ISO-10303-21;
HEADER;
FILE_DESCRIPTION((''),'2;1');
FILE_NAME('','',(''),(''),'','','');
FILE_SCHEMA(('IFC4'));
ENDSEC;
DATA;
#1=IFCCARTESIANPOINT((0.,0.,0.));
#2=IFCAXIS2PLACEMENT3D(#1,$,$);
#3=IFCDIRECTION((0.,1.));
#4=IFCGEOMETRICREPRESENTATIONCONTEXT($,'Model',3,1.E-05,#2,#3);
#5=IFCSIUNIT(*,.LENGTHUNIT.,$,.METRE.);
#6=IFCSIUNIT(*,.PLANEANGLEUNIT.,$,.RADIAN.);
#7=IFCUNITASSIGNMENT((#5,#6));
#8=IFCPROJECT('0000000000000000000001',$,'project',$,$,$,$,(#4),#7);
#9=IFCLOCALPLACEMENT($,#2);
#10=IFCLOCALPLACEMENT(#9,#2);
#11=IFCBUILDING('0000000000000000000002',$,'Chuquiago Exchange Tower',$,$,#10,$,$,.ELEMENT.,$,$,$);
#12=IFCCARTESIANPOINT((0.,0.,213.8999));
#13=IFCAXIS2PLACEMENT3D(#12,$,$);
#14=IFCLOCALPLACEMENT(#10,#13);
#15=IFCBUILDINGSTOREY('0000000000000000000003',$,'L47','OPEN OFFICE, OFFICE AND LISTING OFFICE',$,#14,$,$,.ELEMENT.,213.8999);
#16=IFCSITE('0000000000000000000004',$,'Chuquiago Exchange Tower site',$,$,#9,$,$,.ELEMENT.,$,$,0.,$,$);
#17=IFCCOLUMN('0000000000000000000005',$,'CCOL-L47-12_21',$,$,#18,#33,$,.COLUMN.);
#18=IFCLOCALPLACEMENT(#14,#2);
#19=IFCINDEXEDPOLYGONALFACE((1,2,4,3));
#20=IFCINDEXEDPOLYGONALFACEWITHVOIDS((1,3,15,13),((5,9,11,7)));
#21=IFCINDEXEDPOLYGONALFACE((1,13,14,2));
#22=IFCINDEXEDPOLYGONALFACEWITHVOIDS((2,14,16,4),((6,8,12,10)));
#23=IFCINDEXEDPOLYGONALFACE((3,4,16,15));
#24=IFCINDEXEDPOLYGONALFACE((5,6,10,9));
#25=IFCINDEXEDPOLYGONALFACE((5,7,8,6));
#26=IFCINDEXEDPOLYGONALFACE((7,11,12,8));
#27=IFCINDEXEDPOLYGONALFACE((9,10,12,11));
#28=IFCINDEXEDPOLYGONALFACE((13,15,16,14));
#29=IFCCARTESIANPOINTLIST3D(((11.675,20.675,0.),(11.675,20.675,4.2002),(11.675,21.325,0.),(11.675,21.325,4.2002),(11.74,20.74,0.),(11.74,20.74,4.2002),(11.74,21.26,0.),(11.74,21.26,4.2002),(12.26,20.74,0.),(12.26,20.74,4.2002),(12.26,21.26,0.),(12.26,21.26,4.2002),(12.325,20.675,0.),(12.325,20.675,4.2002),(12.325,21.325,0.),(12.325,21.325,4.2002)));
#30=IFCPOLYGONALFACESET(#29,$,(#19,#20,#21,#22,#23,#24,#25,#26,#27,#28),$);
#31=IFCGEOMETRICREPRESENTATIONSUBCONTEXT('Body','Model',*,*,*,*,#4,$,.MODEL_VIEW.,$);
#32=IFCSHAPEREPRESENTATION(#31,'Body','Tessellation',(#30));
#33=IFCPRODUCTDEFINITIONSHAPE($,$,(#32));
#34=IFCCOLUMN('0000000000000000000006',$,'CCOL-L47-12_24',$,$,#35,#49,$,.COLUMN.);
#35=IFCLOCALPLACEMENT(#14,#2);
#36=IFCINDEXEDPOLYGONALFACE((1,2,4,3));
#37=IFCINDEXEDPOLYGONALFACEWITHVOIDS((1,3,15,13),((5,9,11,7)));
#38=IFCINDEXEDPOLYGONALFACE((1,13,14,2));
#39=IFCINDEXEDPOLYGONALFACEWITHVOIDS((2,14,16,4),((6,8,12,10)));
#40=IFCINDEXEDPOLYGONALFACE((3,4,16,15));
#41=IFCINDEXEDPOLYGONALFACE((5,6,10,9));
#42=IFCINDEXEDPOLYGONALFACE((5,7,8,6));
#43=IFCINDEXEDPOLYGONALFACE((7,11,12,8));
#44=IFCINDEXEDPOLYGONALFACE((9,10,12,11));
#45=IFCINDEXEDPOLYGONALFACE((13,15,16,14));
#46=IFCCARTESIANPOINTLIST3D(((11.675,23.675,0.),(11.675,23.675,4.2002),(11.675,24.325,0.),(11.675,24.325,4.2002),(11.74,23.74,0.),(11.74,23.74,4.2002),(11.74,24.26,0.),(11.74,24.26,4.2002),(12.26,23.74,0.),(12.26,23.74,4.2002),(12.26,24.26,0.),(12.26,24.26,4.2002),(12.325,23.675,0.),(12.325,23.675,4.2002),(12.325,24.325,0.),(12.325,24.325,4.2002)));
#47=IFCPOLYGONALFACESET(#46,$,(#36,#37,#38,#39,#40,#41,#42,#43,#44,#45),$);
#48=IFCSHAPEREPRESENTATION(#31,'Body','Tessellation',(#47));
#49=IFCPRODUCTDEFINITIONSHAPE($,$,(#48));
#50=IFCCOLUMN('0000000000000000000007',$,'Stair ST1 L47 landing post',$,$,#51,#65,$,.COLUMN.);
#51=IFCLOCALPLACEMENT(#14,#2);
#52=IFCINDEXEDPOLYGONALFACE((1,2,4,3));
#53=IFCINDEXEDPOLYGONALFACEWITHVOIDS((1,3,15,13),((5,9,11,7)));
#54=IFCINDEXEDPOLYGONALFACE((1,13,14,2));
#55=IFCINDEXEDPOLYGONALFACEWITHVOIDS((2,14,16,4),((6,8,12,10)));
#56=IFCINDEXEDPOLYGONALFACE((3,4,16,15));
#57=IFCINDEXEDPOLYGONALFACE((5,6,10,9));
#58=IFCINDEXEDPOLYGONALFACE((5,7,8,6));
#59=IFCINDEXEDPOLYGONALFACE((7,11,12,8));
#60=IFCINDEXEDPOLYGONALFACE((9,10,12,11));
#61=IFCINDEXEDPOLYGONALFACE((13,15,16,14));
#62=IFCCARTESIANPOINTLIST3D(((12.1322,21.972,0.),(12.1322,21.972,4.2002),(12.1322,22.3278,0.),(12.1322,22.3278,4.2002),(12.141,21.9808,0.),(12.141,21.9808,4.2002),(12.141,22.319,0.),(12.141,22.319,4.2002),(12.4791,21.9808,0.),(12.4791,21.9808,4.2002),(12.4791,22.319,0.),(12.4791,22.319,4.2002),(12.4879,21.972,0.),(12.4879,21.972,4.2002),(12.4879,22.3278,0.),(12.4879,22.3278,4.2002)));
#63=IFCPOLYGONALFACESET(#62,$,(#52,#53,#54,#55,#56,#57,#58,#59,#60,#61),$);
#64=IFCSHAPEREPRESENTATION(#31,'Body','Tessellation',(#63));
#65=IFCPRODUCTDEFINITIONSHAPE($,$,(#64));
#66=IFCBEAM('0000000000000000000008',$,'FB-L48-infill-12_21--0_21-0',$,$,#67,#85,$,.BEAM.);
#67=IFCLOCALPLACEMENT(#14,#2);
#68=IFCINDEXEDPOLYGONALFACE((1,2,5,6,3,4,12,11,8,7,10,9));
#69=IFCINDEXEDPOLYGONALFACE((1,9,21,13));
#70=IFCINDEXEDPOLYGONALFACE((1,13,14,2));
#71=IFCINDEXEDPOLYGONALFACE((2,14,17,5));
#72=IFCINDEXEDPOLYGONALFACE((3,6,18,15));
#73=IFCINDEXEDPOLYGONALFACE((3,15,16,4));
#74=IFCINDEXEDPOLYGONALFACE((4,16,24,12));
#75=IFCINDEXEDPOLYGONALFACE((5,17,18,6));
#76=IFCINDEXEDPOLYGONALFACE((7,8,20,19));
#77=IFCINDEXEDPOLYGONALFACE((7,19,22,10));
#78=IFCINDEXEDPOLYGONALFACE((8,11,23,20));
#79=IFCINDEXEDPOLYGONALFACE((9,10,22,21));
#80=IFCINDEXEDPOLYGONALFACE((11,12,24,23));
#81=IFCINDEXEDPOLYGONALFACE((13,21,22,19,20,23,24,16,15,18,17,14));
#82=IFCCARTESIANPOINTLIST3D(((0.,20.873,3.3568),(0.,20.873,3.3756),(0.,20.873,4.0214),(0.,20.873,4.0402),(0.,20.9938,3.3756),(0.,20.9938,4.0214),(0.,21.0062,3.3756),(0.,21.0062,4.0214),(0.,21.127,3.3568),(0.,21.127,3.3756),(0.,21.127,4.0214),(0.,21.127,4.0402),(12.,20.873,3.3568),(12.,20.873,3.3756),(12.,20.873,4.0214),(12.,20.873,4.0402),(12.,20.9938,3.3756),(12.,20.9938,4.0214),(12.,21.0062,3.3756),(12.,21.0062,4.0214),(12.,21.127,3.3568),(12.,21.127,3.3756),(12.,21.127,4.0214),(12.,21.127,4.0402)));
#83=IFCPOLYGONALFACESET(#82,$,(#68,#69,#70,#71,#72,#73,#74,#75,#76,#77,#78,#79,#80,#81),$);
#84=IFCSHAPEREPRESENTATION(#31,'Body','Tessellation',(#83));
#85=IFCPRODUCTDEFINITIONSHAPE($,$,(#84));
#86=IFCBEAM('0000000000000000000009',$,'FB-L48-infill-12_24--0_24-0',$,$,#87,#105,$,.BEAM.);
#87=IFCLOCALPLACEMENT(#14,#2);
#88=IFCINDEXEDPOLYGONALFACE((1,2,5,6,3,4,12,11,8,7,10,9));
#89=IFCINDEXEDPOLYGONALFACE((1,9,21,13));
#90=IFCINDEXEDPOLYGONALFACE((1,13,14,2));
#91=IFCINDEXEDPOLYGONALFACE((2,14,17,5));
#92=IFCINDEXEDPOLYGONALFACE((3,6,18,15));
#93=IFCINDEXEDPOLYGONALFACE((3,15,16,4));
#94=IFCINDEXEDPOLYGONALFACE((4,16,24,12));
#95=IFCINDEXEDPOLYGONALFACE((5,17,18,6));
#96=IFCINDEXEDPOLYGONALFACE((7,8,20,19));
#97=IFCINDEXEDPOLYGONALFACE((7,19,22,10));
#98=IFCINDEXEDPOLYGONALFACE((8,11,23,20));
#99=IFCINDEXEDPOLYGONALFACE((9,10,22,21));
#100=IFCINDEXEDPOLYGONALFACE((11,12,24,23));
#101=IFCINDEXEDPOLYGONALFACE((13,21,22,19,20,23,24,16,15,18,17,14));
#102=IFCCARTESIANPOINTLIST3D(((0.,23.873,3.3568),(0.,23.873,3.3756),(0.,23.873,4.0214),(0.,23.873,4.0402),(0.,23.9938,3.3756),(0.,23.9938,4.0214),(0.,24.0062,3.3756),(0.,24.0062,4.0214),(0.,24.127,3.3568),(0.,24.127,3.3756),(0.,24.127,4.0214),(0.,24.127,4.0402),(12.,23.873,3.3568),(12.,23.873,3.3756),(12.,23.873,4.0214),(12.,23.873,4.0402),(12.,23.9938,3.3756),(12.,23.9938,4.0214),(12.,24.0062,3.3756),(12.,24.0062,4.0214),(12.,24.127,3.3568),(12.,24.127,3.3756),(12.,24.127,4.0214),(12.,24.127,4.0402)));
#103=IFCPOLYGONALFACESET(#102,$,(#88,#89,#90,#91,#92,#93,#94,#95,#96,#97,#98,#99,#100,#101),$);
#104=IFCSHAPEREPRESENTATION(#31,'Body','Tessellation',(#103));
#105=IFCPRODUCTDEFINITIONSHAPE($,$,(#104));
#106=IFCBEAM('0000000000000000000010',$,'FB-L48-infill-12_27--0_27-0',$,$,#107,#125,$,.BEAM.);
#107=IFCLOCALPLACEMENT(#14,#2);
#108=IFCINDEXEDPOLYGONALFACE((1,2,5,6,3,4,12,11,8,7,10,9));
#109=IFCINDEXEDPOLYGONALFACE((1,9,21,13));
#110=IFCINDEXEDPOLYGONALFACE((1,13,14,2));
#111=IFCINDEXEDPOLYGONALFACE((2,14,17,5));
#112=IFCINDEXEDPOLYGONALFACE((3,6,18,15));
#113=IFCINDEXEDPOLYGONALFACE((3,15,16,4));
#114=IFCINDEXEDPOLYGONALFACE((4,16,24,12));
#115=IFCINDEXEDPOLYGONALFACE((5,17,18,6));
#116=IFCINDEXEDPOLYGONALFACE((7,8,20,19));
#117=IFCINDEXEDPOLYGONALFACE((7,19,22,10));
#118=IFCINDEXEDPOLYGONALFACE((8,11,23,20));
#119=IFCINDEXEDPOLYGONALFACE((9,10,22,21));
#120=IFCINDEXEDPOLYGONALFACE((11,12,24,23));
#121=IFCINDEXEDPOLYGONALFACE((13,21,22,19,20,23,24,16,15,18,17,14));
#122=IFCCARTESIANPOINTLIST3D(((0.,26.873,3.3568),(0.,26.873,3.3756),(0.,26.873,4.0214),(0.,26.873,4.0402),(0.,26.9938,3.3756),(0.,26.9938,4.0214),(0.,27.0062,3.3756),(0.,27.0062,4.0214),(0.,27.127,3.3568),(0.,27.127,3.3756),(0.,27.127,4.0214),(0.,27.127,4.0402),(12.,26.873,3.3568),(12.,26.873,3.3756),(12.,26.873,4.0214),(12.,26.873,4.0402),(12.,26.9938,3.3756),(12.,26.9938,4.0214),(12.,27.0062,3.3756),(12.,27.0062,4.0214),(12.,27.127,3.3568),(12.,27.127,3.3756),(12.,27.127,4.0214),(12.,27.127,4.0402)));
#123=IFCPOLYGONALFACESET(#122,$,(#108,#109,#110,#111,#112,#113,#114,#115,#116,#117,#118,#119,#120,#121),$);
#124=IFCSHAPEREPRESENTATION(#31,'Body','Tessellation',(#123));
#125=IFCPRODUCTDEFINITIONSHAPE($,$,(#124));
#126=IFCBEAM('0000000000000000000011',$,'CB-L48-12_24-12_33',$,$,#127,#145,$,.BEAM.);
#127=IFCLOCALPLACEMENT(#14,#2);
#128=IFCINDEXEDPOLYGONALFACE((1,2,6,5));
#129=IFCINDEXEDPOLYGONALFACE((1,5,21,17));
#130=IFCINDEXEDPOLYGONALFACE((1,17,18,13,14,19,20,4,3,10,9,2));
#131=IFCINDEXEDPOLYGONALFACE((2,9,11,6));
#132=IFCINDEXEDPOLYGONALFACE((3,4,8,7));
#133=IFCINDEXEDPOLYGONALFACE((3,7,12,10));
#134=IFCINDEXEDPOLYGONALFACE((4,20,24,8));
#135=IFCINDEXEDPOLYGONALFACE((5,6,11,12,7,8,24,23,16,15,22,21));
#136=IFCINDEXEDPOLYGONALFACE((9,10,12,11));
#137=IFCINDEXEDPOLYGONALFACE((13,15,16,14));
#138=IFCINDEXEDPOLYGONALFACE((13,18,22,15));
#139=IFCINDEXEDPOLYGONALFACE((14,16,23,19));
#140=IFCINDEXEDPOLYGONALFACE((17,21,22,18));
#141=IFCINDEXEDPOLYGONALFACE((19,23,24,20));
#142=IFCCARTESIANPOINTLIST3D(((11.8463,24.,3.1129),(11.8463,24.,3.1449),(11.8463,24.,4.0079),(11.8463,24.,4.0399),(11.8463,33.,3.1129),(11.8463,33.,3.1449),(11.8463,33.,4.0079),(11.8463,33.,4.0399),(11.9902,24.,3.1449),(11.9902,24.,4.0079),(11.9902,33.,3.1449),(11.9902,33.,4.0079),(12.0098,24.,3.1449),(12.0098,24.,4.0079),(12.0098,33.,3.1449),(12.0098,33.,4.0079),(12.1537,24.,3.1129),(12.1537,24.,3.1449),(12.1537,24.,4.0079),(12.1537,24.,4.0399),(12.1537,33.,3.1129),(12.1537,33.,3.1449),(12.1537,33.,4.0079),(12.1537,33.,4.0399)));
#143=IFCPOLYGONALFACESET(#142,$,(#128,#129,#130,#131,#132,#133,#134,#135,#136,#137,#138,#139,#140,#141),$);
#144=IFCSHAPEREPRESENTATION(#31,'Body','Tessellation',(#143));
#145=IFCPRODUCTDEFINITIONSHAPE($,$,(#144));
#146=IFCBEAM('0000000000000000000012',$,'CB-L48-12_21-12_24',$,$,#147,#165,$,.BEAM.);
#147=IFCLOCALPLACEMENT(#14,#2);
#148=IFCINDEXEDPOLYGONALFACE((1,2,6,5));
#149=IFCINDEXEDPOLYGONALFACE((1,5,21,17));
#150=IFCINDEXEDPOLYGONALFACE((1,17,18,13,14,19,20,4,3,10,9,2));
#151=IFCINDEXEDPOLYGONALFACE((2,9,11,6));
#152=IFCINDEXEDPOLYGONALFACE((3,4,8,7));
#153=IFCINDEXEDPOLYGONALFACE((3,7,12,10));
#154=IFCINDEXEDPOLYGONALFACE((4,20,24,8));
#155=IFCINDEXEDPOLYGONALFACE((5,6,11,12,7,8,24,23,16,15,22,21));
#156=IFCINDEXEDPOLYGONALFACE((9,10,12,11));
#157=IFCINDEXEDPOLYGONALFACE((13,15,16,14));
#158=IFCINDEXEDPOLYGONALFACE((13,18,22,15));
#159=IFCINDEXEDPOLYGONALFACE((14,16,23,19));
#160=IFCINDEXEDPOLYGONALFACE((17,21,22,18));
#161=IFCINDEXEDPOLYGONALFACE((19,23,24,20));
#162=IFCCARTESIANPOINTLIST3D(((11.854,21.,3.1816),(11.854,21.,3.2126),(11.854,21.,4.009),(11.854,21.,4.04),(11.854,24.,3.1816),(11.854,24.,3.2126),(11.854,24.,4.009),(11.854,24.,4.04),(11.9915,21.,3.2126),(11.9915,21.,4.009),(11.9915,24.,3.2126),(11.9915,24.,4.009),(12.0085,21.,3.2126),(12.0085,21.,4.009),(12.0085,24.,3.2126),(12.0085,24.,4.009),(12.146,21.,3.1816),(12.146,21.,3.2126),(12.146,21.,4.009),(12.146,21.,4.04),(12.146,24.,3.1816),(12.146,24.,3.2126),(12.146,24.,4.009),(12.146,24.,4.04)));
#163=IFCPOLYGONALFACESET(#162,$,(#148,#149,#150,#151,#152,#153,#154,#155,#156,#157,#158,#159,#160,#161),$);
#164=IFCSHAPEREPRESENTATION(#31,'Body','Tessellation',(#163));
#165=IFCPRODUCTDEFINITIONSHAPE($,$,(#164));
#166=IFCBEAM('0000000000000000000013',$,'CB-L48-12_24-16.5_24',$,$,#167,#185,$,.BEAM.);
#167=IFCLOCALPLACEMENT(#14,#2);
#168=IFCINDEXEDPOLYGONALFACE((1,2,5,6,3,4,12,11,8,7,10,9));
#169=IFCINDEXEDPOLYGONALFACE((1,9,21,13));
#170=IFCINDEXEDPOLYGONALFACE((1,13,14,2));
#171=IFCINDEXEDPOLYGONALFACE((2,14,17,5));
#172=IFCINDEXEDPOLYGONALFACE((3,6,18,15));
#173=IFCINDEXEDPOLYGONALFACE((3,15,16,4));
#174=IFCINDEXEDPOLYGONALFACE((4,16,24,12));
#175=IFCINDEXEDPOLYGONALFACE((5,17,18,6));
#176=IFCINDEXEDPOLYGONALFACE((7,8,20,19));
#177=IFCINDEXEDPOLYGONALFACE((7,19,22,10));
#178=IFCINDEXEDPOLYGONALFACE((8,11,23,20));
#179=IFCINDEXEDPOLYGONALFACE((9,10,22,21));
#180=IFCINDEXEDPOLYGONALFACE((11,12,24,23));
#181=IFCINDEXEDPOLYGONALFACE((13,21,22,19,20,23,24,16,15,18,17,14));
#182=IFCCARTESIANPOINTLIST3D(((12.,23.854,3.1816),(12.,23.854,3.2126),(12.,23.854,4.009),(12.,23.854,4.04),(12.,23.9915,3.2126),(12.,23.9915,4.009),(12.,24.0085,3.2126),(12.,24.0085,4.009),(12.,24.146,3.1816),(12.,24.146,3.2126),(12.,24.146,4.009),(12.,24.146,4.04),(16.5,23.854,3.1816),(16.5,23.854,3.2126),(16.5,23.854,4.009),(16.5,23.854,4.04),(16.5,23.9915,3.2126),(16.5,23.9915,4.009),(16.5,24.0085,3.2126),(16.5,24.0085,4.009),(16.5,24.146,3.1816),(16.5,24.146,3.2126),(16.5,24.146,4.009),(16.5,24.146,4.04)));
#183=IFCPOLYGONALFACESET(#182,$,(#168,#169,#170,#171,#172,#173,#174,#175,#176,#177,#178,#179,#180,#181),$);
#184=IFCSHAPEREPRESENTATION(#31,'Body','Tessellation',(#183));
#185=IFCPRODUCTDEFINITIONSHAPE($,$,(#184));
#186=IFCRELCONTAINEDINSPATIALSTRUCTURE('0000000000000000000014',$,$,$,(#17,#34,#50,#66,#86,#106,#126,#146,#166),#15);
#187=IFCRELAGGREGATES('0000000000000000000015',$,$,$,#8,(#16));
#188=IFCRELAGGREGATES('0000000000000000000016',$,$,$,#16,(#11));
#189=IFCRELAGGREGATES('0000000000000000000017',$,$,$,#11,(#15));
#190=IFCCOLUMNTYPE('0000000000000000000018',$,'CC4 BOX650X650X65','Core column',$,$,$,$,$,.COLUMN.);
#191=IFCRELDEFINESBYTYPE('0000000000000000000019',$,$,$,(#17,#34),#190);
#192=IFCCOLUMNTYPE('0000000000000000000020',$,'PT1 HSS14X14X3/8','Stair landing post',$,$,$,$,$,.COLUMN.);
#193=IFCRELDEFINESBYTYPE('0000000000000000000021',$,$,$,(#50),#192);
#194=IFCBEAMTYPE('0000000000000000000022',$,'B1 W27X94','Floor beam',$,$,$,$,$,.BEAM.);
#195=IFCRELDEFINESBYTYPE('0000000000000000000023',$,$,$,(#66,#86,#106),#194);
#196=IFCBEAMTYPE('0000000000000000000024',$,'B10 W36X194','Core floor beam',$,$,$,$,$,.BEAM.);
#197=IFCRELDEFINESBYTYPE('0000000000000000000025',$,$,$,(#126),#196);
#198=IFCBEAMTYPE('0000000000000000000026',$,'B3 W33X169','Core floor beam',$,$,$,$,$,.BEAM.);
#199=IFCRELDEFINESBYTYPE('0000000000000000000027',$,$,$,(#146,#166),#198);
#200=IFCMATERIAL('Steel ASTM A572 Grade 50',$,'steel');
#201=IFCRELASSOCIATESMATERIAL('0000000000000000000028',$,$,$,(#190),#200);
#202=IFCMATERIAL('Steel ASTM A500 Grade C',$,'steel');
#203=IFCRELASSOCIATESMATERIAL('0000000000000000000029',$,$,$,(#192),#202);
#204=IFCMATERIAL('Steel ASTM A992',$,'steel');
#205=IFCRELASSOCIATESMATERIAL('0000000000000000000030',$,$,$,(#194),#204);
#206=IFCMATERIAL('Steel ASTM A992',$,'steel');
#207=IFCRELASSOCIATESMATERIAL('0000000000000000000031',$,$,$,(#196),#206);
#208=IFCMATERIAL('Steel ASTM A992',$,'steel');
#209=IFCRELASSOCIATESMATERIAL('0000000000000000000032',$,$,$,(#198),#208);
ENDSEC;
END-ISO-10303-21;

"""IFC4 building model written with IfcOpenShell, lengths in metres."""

from ifc_helpers import new_model, si_unit, direction, frame, origin, origin_2d, place, context, subcontext, project, spatial, hollow_rectangle, i_section, extrude, material, material_profile, profile_set, type_object, element, save


model = new_model("IFC4")

# Units and contexts
model_context = context("Model", 3, precision=1e-05, world=origin(), true_north=direction((0.0, 1.0)))
body_context = subcontext(model_context, "Body", "Model", "MODEL_VIEW")
ifc_project = project(units=[si_unit("LENGTHUNIT", "METRE"), si_unit("PLANEANGLEUNIT", "RADIAN")], contexts=[model_context])

# Site, building, storey
site_placement = place(None, origin())
site = spatial("IfcSite", under=ifc_project, at=site_placement, Name="Chuquiago Exchange Tower site", CompositionType="ELEMENT", RefElevation=0.0)
building_placement = place(site_placement, origin())
building = spatial("IfcBuilding", under=site, at=building_placement, Name="Chuquiago Exchange Tower", CompositionType="ELEMENT")
storey_placement = place(building_placement, frame((0.0, 0.0, 213.8999)))
storey = spatial("IfcBuildingStorey", under=building, at=storey_placement, Name="L47", Description="OPEN OFFICE, OFFICE AND LISTING OFFICE", CompositionType="ELEMENT", Elevation=213.8999)

# Columns
ifc_material_1 = material(Name="Steel ASTM A572 Grade 50", Category="steel")
ifc_material_profile_1 = material_profile(ifc_material_1, hollow_rectangle(XDim=0.6499, YDim=0.6499, WallThickness=0.0649, at=origin_2d()), Name="BOX650X650X65")
ifc_profile_set_1 = profile_set([ifc_material_profile_1], Name="Steel ASTM A572 Grade 50")
column_type_1 = type_object("IfcColumnType", Name="CC4 BOX650X650X65", Description="Core column", PredefinedType="COLUMN", material=ifc_profile_set_1)
for number, where, z_axis, x_axis, name in (
    (1, (12.0, 21.0, 0.0), (0.0, 0.0, 1.0), (1.0, 0.0, 0.0), "CCOL-L47-12_21"),
    (2, (12.0, 24.0, 0.0), (0.0, 0.0, 1.0), (1.0, 0.0, 0.0), "CCOL-L47-12_24"),
):
    element("IfcColumn", number, at=place(storey_placement, frame(where, z_axis=z_axis, x_axis=x_axis)), inside=storey, type_object=column_type_1, Name=name, PredefinedType="COLUMN", context=body_context, shape_type="SweptSolid", body=[
        extrude(hollow_rectangle(XDim=0.6499, YDim=0.6499, WallThickness=0.0649, at=origin_2d()), origin(), (0.0, 0.0, 1.0), 4.2002),
    ])
ifc_material_2 = material(Name="Steel ASTM A500 Grade C", Category="steel")
ifc_material_profile_2 = material_profile(ifc_material_2, hollow_rectangle(XDim=0.3557, YDim=0.3557, WallThickness=0.0088, at=origin_2d()), Name="HSS14X14X3/8")
ifc_profile_set_2 = profile_set([ifc_material_profile_2], Name="Steel ASTM A500 Grade C")
column_type_2 = type_object("IfcColumnType", Name="PT1 HSS14X14X3/8", Description="Stair landing post", PredefinedType="COLUMN", material=ifc_profile_set_2)
column_placement = place(storey_placement, frame((12.3101, 22.1499, 0.0), z_axis=(0.0, 0.0, 1.0), x_axis=(1.0, 0.0, 0.0)))
element("IfcColumn", 3, at=column_placement, inside=storey, type_object=column_type_2, Name="Stair ST1 L47 landing post", PredefinedType="COLUMN", context=body_context, shape_type="SweptSolid", body=[
    extrude(hollow_rectangle(XDim=0.3557, YDim=0.3557, WallThickness=0.0088, at=origin_2d()), origin(), (0.0, 0.0, 1.0), 4.2002),
])

# Beams
ifc_material_3 = material(Name="Steel ASTM A992", Category="steel")
ifc_material_profile_3 = material_profile(ifc_material_3, i_section(OverallWidth=0.2539, OverallDepth=0.6833, WebThickness=0.0125, FlangeThickness=0.0188, at=origin_2d()), Name="W27X94")
ifc_profile_set_3 = profile_set([ifc_material_profile_3], Name="Steel ASTM A992")
beam_type_1 = type_object("IfcBeamType", Name="B1 W27X94", Description="Floor beam", PredefinedType="BEAM", material=ifc_profile_set_3)
for number, where, z_axis, x_axis, name in (
    (4, (12.0, 21.0, 3.6985), (-1.0, 0.0, 0.0), (0.0, -1.0, 0.0), "FB-L48-infill-12_21--0_21-0"),
    (5, (12.0, 24.0, 3.6985), (-1.0, 0.0, 0.0), (0.0, -1.0, 0.0), "FB-L48-infill-12_24--0_24-0"),
    (6, (12.0, 27.0, 3.6985), (-1.0, 0.0, 0.0), (0.0, -1.0, 0.0), "FB-L48-infill-12_27--0_27-0"),
):
    element("IfcBeam", number, at=place(storey_placement, frame(where, z_axis=z_axis, x_axis=x_axis)), inside=storey, type_object=beam_type_1, Name=name, PredefinedType="BEAM", context=body_context, shape_type="SweptSolid", body=[
        extrude(i_section(OverallWidth=0.2539, OverallDepth=0.6833, WebThickness=0.0125, FlangeThickness=0.0188, at=origin_2d()), origin(), (0.0, 0.0, 1.0), 12.0),
    ])
ifc_material_4 = material(Name="Steel ASTM A992", Category="steel")
ifc_material_profile_4 = material_profile(ifc_material_4, i_section(OverallWidth=0.3074, OverallDepth=0.927, WebThickness=0.0195, FlangeThickness=0.032, at=origin_2d()), Name="W36X194")
ifc_profile_set_4 = profile_set([ifc_material_profile_4], Name="Steel ASTM A992")
beam_type_2 = type_object("IfcBeamType", Name="B10 W36X194", Description="Core floor beam", PredefinedType="BEAM", material=ifc_profile_set_4)
beam_1_placement = place(storey_placement, frame((12.0, 24.0, 3.5764), z_axis=(0.0, 1.0, 0.0), x_axis=(-1.0, 0.0, 0.0)))
element("IfcBeam", 7, at=beam_1_placement, inside=storey, type_object=beam_type_2, Name="CB-L48-12_24-12_33", PredefinedType="BEAM", context=body_context, shape_type="SweptSolid", body=[
    extrude(i_section(OverallWidth=0.3074, OverallDepth=0.927, WebThickness=0.0195, FlangeThickness=0.032, at=origin_2d()), origin(), (0.0, 0.0, 1.0), 9.0),
])
ifc_material_5 = material(Name="Steel ASTM A992", Category="steel")
ifc_material_profile_5 = material_profile(ifc_material_5, i_section(OverallWidth=0.292, OverallDepth=0.8584, WebThickness=0.0171, FlangeThickness=0.031, at=origin_2d()), Name="W33X169")
ifc_profile_set_5 = profile_set([ifc_material_profile_5], Name="Steel ASTM A992")
beam_type_3 = type_object("IfcBeamType", Name="B3 W33X169", Description="Core floor beam", PredefinedType="BEAM", material=ifc_profile_set_5)
beam_2_placement = place(storey_placement, frame((12.0, 21.0, 3.6108), z_axis=(0.0, 1.0, 0.0), x_axis=(-1.0, 0.0, 0.0)))
element("IfcBeam", 8, at=beam_2_placement, inside=storey, type_object=beam_type_3, Name="CB-L48-12_21-12_24", PredefinedType="BEAM", context=body_context, shape_type="SweptSolid", body=[
    extrude(i_section(OverallWidth=0.292, OverallDepth=0.8584, WebThickness=0.0171, FlangeThickness=0.031, at=origin_2d()), origin(), (0.0, 0.0, 1.0), 3.0),
])
beam_3_placement = place(storey_placement, frame((12.0, 24.0, 3.6108), z_axis=(1.0, 0.0, 0.0), x_axis=(0.0, 1.0, 0.0)))
element("IfcBeam", 9, at=beam_3_placement, inside=storey, type_object=beam_type_3, Name="CB-L48-12_24-16.5_24", PredefinedType="BEAM", context=body_context, shape_type="SweptSolid", body=[
    extrude(i_section(OverallWidth=0.292, OverallDepth=0.8584, WebThickness=0.0171, FlangeThickness=0.031, at=origin_2d()), origin(), (0.0, 0.0, 1.0), 4.5),
])

save(model, "model.ifc")
